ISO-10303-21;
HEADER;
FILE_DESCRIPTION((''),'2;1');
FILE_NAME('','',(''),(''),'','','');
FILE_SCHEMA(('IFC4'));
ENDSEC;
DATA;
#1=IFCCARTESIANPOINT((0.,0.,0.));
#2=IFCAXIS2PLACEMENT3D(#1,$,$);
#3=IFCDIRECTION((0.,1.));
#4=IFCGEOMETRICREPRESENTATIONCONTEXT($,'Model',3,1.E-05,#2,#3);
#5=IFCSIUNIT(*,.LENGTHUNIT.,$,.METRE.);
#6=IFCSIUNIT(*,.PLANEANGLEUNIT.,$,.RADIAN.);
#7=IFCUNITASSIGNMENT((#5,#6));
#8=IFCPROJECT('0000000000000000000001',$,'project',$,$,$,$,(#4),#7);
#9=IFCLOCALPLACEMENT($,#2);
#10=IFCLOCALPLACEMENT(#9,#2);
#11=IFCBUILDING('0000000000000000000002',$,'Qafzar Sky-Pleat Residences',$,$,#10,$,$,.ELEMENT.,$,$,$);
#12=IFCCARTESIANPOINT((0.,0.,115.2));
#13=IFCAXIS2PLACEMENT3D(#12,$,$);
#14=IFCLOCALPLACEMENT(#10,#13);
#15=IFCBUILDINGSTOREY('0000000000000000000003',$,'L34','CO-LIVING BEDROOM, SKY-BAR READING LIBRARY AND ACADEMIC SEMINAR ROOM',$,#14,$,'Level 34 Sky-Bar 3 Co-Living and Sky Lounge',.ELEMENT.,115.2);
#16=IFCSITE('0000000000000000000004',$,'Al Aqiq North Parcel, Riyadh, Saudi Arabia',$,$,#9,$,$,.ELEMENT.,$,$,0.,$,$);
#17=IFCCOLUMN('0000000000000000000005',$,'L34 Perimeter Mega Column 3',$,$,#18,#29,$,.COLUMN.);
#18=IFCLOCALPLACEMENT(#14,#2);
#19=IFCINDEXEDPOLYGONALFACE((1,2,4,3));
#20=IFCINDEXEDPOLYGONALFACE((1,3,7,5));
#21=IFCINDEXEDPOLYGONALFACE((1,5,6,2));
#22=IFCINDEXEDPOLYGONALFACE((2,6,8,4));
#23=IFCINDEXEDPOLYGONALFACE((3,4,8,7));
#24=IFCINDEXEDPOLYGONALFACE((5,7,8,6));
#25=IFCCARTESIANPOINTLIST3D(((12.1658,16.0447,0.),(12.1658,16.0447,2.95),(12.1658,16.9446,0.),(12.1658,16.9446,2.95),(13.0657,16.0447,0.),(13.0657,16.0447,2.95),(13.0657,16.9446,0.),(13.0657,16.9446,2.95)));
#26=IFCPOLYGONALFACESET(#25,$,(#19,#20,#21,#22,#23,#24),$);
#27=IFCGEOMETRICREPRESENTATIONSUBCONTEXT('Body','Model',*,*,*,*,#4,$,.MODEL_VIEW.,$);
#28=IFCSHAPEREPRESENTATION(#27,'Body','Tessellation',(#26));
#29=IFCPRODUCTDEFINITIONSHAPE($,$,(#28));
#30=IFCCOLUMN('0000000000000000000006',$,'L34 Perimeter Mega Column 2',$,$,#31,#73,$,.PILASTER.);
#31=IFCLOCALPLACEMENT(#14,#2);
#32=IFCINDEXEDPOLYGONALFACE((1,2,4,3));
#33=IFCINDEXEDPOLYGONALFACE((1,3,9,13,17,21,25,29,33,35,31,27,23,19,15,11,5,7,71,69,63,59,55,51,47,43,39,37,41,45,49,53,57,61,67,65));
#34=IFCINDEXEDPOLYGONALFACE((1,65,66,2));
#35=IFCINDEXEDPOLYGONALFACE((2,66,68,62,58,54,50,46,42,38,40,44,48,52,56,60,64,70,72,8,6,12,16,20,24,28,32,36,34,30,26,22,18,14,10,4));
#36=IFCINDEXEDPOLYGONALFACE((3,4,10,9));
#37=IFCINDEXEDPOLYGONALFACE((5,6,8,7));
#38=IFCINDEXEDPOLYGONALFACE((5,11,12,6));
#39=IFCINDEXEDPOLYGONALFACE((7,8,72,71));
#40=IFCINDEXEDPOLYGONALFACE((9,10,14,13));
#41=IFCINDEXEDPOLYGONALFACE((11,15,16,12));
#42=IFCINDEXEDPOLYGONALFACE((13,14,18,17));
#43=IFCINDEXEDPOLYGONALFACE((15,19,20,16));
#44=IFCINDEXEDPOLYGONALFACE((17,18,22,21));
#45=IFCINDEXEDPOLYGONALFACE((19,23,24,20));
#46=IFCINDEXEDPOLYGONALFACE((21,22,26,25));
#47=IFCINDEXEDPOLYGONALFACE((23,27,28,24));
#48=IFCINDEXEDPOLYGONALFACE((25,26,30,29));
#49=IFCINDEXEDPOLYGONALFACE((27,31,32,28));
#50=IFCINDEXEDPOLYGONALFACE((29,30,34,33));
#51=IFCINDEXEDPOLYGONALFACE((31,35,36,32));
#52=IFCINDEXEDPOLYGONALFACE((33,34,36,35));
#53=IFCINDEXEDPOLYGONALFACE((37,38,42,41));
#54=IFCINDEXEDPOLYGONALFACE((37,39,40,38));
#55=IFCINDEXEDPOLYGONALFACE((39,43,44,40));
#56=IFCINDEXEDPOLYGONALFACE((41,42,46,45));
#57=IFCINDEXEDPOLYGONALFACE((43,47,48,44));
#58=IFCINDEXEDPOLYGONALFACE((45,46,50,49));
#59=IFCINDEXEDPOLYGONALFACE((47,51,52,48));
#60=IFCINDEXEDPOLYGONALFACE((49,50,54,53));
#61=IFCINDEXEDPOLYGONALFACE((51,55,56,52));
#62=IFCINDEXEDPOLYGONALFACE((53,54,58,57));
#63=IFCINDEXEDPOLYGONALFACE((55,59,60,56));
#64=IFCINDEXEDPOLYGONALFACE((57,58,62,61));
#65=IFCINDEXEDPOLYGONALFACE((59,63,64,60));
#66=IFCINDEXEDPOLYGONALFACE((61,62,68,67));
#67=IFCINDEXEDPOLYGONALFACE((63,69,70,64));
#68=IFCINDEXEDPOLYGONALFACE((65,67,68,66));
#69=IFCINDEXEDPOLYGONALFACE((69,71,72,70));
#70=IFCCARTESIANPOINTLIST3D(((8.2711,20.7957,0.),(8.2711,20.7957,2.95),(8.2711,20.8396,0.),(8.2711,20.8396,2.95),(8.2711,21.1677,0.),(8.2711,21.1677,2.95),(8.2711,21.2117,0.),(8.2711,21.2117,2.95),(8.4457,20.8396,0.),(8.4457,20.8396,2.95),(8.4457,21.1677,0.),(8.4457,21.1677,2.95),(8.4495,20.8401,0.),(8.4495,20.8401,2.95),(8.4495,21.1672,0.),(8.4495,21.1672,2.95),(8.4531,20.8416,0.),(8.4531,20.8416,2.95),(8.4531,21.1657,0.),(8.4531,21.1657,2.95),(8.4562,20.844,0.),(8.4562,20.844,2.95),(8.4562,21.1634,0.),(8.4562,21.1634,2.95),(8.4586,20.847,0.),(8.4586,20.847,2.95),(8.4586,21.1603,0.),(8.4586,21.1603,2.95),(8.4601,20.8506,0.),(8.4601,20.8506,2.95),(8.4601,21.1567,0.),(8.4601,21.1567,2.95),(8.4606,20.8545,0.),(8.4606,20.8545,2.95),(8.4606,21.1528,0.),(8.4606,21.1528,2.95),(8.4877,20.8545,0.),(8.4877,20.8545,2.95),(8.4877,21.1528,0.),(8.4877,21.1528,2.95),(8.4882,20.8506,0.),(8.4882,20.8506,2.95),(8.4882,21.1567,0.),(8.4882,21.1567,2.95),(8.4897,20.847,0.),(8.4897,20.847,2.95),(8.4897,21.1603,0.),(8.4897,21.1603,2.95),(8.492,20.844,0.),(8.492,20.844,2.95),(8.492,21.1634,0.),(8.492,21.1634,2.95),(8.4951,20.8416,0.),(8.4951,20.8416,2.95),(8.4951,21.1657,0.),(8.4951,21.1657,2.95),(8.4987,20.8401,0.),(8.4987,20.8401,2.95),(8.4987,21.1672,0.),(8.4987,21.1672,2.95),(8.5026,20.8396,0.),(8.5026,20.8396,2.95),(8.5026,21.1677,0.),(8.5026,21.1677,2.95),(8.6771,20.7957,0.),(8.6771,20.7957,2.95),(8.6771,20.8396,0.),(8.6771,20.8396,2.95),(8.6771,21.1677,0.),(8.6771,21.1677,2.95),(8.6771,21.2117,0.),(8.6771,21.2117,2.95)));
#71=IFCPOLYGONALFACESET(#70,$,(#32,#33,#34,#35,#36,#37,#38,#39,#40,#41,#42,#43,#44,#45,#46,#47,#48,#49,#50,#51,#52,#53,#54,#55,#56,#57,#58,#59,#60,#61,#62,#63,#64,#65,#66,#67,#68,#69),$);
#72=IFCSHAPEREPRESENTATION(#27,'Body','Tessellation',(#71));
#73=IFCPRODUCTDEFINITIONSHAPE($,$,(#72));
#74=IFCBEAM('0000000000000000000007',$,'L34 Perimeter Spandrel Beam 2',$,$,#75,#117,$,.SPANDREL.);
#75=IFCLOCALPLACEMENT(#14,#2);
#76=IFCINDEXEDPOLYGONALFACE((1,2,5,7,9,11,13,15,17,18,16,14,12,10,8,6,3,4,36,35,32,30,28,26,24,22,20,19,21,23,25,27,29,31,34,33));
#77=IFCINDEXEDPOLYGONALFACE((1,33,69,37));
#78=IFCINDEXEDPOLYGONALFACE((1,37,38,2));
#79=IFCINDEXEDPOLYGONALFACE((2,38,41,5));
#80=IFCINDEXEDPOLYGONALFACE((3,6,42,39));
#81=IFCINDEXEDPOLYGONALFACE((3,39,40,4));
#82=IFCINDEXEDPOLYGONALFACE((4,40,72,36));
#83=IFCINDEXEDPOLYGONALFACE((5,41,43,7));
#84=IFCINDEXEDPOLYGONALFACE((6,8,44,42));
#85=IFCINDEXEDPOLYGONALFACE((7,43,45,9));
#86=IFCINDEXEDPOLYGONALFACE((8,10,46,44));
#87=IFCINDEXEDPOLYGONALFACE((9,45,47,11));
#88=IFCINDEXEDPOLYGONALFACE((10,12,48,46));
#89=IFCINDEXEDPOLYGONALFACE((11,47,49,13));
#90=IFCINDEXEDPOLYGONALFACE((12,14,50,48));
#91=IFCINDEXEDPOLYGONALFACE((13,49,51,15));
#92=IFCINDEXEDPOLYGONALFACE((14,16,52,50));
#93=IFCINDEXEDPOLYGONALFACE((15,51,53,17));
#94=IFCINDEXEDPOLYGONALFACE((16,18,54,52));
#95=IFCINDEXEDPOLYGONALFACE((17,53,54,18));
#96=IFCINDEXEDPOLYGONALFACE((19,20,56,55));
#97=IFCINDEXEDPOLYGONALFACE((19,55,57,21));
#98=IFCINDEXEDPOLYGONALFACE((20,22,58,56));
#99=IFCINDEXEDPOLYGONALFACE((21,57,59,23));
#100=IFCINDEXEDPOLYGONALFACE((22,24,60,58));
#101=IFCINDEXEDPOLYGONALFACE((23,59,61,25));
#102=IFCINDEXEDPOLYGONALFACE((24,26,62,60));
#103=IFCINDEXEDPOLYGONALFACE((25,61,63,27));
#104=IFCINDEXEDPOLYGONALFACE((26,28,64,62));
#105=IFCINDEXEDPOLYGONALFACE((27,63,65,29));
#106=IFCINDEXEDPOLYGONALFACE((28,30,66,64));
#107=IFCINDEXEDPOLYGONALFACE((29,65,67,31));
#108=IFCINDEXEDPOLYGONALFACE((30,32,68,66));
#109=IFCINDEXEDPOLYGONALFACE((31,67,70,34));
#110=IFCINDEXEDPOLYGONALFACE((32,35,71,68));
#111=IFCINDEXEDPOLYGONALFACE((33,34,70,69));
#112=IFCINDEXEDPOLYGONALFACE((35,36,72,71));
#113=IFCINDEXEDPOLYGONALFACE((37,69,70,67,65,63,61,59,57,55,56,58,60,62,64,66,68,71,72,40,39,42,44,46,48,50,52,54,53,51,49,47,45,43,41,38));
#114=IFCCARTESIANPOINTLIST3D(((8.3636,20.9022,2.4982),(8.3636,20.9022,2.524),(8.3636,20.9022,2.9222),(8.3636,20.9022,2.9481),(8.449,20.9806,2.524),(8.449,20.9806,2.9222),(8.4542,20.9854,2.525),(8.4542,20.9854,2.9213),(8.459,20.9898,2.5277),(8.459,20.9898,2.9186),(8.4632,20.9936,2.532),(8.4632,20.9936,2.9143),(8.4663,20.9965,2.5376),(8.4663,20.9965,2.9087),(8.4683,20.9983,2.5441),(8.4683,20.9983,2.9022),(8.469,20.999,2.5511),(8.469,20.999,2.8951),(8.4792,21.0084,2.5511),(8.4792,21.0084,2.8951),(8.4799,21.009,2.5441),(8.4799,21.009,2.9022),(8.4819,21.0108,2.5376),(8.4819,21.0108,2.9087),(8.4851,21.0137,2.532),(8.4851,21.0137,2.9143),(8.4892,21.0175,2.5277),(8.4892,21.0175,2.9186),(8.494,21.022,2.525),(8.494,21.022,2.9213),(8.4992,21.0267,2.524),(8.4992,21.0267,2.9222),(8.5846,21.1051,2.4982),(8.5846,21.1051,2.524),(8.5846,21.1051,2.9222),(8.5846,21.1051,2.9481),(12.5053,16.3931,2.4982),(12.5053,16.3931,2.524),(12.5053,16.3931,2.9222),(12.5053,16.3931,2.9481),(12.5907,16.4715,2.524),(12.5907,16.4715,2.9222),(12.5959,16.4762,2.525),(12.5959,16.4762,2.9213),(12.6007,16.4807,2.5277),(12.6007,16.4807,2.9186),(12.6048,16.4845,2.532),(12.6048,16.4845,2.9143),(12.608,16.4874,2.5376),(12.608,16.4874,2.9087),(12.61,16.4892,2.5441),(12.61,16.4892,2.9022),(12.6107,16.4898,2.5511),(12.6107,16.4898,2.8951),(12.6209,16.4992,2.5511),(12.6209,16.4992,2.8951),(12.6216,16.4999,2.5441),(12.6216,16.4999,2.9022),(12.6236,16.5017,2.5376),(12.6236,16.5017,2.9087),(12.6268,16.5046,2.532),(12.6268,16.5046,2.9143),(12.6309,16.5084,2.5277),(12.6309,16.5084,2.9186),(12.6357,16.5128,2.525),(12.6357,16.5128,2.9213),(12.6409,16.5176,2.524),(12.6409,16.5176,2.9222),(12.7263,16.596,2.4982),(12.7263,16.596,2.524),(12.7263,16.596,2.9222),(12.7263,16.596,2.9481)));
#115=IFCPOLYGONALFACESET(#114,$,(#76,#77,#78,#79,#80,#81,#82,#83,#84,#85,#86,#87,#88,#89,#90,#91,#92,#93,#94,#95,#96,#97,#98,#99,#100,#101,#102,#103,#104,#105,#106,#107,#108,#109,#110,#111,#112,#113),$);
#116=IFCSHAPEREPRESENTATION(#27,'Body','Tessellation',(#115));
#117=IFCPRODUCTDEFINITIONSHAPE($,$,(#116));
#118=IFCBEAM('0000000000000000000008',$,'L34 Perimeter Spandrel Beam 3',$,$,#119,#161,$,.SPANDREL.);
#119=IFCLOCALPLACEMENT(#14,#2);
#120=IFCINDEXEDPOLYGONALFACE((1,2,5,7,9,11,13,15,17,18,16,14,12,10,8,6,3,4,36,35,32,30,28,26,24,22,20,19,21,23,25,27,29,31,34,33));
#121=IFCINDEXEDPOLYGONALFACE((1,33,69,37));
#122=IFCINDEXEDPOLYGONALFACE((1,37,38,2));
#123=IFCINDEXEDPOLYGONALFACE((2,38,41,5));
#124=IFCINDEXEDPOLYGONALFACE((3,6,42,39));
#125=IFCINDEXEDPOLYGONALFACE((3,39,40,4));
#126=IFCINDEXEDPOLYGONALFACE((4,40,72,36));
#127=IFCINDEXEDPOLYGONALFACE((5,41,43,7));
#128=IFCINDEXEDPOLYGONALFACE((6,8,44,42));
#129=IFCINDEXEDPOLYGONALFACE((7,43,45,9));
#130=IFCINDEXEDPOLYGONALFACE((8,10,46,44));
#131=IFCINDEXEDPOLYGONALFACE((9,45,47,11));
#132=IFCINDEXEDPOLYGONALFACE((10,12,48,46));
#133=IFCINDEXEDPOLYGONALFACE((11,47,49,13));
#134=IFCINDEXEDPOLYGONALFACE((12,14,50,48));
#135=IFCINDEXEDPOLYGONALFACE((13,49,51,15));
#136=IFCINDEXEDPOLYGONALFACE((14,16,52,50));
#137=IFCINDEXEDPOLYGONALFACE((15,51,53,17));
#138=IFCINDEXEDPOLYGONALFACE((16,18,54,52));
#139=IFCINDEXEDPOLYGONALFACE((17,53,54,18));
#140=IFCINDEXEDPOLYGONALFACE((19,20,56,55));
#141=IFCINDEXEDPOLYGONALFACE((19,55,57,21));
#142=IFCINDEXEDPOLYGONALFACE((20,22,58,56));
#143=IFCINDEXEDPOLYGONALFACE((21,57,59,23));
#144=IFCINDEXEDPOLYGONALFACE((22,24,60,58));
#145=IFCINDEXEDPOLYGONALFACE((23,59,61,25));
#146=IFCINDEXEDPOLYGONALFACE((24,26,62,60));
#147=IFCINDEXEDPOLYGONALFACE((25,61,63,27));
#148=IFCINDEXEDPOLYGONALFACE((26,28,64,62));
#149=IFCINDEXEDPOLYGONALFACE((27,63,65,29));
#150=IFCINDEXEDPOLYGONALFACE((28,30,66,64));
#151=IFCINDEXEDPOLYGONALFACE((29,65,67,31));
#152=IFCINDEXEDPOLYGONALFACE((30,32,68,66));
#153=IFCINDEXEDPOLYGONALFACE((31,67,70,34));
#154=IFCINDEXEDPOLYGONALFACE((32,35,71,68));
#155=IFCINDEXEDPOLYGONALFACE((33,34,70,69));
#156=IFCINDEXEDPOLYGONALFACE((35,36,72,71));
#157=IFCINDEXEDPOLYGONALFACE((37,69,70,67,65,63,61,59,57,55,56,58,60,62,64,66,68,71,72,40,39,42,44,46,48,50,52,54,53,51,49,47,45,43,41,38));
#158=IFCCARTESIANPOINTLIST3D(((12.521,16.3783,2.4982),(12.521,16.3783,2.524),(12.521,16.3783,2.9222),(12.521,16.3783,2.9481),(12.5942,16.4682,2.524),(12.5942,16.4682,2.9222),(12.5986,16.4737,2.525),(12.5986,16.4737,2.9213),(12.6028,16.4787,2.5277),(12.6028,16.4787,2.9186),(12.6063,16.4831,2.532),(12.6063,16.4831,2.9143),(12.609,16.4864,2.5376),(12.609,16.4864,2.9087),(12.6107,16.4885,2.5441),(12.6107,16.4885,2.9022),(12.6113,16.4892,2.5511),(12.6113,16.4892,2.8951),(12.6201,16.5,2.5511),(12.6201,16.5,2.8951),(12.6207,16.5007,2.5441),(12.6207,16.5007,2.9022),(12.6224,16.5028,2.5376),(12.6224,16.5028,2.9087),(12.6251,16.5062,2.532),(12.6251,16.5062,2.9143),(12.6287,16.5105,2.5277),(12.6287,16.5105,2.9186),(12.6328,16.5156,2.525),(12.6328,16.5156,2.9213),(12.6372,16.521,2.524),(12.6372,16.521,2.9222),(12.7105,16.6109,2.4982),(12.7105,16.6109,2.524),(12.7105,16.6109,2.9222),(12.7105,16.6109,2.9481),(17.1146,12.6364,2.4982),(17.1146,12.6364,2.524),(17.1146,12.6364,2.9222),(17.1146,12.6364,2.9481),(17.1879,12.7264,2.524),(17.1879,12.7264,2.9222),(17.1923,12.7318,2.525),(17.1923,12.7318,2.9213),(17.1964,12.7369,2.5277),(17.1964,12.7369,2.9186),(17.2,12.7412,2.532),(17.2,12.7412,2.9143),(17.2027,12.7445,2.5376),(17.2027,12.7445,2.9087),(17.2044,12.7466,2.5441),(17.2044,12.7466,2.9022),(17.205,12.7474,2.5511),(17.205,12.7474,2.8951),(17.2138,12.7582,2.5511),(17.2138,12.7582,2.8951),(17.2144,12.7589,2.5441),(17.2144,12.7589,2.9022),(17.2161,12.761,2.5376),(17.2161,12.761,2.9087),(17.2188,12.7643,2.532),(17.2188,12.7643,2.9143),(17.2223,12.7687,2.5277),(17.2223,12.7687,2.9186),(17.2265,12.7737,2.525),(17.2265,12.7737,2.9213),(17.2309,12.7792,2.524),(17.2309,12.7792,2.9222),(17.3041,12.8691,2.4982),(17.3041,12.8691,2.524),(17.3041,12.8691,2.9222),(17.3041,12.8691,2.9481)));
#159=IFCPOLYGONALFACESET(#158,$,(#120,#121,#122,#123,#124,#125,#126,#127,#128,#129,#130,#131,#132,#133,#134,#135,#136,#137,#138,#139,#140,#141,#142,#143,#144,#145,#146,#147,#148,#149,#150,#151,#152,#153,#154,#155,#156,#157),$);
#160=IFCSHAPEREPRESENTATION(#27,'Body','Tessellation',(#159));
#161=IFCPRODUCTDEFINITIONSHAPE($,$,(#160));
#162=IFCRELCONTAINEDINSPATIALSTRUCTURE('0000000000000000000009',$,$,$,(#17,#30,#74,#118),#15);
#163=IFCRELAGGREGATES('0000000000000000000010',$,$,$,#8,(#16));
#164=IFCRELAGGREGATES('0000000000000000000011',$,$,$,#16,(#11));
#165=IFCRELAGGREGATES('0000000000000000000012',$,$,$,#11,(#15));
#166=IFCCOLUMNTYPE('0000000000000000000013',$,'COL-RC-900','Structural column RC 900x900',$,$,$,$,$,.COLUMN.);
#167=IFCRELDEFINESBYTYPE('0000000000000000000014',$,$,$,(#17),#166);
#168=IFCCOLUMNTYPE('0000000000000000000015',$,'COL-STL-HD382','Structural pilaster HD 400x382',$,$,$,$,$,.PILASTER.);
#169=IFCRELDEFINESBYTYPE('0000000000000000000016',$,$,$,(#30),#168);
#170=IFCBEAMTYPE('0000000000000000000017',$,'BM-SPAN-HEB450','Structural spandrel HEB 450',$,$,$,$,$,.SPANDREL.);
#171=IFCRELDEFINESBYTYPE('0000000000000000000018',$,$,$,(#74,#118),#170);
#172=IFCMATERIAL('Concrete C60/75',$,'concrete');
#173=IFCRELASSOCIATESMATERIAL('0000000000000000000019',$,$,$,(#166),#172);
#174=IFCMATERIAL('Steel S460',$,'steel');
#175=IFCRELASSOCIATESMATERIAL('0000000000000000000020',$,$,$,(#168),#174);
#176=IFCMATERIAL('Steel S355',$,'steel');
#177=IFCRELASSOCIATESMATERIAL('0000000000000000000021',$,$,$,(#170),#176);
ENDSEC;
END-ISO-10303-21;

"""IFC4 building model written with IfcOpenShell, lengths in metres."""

from ifc_helpers import new_model, si_unit, direction, frame, origin, origin_2d, place, context, subcontext, project, spatial, rectangle, i_section, extrude, source, transform, mapped, material, material_profile, profile_set, type_object, element, save


model = new_model("IFC4")

# Units and contexts
model_context = context("Model", 3, precision=1e-05, world=origin(), true_north=direction((0.0, 1.0)))
body_context = subcontext(model_context, "Body", "Model", "MODEL_VIEW")
ifc_project = project(units=[si_unit("LENGTHUNIT", "METRE"), si_unit("PLANEANGLEUNIT", "RADIAN")], contexts=[model_context])

# Site, building, storey
site_placement = place(None, origin())
site = spatial("IfcSite", under=ifc_project, at=site_placement, Name="Al Aqiq North Parcel, Riyadh, Saudi Arabia", CompositionType="ELEMENT", RefElevation=0.0)
building_placement = place(site_placement, origin())
building = spatial("IfcBuilding", under=site, at=building_placement, Name="Qafzar Sky-Pleat Residences", CompositionType="ELEMENT")
storey_placement = place(building_placement, frame((0.0, 0.0, 115.2)))
storey = spatial("IfcBuildingStorey", under=building, at=storey_placement, Name="L34", Description="CO-LIVING BEDROOM, SKY-BAR READING LIBRARY AND ACADEMIC SEMINAR ROOM", LongName="Level 34 Sky-Bar 3 Co-Living and Sky Lounge", CompositionType="ELEMENT", Elevation=115.2)

# Columns
ifc_material_1 = material(Name="Concrete C60/75", Category="concrete")
ifc_material_profile_1 = material_profile(ifc_material_1, rectangle(XDim=0.8999, YDim=0.8999, at=origin_2d()), Name="RC 900x900")
ifc_profile_set_1 = profile_set([ifc_material_profile_1], Name="Concrete C60/75")
column_type_1 = type_object("IfcColumnType", Name="COL-RC-900", Description="Structural column RC 900x900", PredefinedType="COLUMN", material=ifc_profile_set_1)
shared_shape_1 = source(origin(), body_context, "Body", "SweptSolid", [
    extrude(rectangle(XDim=0.8999, YDim=0.8999, at=origin_2d()), origin(), (0.0, 0.0, 1.0), 2.95),
])
column_1_placement = place(storey_placement, frame((12.6157, 16.4946, 0.0), z_axis=(0.0, 0.0, 1.0), x_axis=(1.0, 0.0, 0.0)))
element("IfcColumn", 1, at=column_1_placement, inside=storey, type_object=column_type_1, Name="L34 Perimeter Mega Column 3", PredefinedType="COLUMN", context=body_context, shape_type="MappedRepresentation", body=[
    mapped(shared_shape_1, transform((0.0, 0.0, 0.0), x_axis=(1.0, 0.0, 0.0), y_axis=(0.0, 1.0, 0.0), z_axis=(0.0, 0.0, 1.0), scale=1.0)),
])
ifc_material_2 = material(Name="Steel S460", Category="steel")
ifc_material_profile_2 = material_profile(ifc_material_2, i_section(OverallWidth=0.406, OverallDepth=0.416, WebThickness=0.0271, FlangeThickness=0.0439, FilletRadius=0.0149, at=origin_2d()), Name="HD 400x382")
ifc_profile_set_2 = profile_set([ifc_material_profile_2], Name="Steel S460")
column_type_2 = type_object("IfcColumnType", Name="COL-STL-HD382", Description="Structural pilaster HD 400x382", PredefinedType="PILASTER", material=ifc_profile_set_2)
shared_shape_2 = source(origin(), body_context, "Body", "SweptSolid", [
    extrude(i_section(OverallWidth=0.406, OverallDepth=0.416, WebThickness=0.0271, FlangeThickness=0.0439, FilletRadius=0.0149, at=origin_2d()), origin(), (0.0, 0.0, 1.0), 2.95),
])
column_2_placement = place(storey_placement, frame((8.4741, 21.0037, 0.0), z_axis=(0.0, 0.0, 1.0), x_axis=(1.0, 0.0, 0.0)))
element("IfcColumn", 2, at=column_2_placement, inside=storey, type_object=column_type_2, Name="L34 Perimeter Mega Column 2", PredefinedType="PILASTER", context=body_context, shape_type="MappedRepresentation", body=[
    mapped(shared_shape_2, transform((0.0, 0.0, 0.0), x_axis=(1.0, 0.0, 0.0), y_axis=(0.0, 1.0, 0.0), z_axis=(0.0, 0.0, 1.0), scale=1.0)),
])

# Beams
ifc_material_3 = material(Name="Steel S355", Category="steel")
ifc_material_profile_3 = material_profile(ifc_material_3, i_section(OverallWidth=0.3, OverallDepth=0.45, WebThickness=0.0139, FlangeThickness=0.0259, FilletRadius=0.0271, at=origin_2d()), Name="HEB 450")
ifc_profile_set_3 = profile_set([ifc_material_profile_3], Name="Steel S355")
beam_type_1 = type_object("IfcBeamType", Name="BM-SPAN-HEB450", Description="Structural spandrel HEB 450", PredefinedType="SPANDREL", material=ifc_profile_set_3)
shared_shape_3 = source(origin(), body_context, "Body", "SweptSolid", [
    extrude(i_section(OverallWidth=0.3, OverallDepth=0.45, WebThickness=0.0139, FlangeThickness=0.0259, FilletRadius=0.0271, at=origin_2d()), origin(), (0.0, 0.0, 1.0), 6.1226),
])
beam_1_placement = place(storey_placement, frame((8.4741, 21.0037, 2.7231), z_axis=(0.676463, -0.736477, 0.0), x_axis=(0.736477, 0.676463, 0.0)))
element("IfcBeam", 3, at=beam_1_placement, inside=storey, type_object=beam_type_1, Name="L34 Perimeter Spandrel Beam 2", PredefinedType="SPANDREL", context=body_context, shape_type="MappedRepresentation", body=[
    mapped(shared_shape_3, transform((0.0, 0.0, 0.0), x_axis=(1.0, 0.0, 0.0), y_axis=(0.0, 1.0, 0.0), z_axis=(0.0, 0.0, 1.0), scale=1.0)),
])
shared_shape_4 = source(origin(), body_context, "Body", "SweptSolid", [
    extrude(i_section(OverallWidth=0.3, OverallDepth=0.45, WebThickness=0.0139, FlangeThickness=0.0259, FilletRadius=0.0271, at=origin_2d()), origin(), (0.0, 0.0, 1.0), 5.9248),
])
beam_2_placement = place(storey_placement, frame((12.6157, 16.4946, 2.7231), z_axis=(0.775327, -0.63156, 0.0), x_axis=(0.63156, 0.775327, 0.0)))
element("IfcBeam", 4, at=beam_2_placement, inside=storey, type_object=beam_type_1, Name="L34 Perimeter Spandrel Beam 3", PredefinedType="SPANDREL", context=body_context, shape_type="MappedRepresentation", body=[
    mapped(shared_shape_4, transform((0.0, 0.0, 0.0), x_axis=(1.0, 0.0, 0.0), y_axis=(0.0, 1.0, 0.0), z_axis=(0.0, 0.0, 1.0), scale=1.0)),
])

save(model, "model.ifc")
